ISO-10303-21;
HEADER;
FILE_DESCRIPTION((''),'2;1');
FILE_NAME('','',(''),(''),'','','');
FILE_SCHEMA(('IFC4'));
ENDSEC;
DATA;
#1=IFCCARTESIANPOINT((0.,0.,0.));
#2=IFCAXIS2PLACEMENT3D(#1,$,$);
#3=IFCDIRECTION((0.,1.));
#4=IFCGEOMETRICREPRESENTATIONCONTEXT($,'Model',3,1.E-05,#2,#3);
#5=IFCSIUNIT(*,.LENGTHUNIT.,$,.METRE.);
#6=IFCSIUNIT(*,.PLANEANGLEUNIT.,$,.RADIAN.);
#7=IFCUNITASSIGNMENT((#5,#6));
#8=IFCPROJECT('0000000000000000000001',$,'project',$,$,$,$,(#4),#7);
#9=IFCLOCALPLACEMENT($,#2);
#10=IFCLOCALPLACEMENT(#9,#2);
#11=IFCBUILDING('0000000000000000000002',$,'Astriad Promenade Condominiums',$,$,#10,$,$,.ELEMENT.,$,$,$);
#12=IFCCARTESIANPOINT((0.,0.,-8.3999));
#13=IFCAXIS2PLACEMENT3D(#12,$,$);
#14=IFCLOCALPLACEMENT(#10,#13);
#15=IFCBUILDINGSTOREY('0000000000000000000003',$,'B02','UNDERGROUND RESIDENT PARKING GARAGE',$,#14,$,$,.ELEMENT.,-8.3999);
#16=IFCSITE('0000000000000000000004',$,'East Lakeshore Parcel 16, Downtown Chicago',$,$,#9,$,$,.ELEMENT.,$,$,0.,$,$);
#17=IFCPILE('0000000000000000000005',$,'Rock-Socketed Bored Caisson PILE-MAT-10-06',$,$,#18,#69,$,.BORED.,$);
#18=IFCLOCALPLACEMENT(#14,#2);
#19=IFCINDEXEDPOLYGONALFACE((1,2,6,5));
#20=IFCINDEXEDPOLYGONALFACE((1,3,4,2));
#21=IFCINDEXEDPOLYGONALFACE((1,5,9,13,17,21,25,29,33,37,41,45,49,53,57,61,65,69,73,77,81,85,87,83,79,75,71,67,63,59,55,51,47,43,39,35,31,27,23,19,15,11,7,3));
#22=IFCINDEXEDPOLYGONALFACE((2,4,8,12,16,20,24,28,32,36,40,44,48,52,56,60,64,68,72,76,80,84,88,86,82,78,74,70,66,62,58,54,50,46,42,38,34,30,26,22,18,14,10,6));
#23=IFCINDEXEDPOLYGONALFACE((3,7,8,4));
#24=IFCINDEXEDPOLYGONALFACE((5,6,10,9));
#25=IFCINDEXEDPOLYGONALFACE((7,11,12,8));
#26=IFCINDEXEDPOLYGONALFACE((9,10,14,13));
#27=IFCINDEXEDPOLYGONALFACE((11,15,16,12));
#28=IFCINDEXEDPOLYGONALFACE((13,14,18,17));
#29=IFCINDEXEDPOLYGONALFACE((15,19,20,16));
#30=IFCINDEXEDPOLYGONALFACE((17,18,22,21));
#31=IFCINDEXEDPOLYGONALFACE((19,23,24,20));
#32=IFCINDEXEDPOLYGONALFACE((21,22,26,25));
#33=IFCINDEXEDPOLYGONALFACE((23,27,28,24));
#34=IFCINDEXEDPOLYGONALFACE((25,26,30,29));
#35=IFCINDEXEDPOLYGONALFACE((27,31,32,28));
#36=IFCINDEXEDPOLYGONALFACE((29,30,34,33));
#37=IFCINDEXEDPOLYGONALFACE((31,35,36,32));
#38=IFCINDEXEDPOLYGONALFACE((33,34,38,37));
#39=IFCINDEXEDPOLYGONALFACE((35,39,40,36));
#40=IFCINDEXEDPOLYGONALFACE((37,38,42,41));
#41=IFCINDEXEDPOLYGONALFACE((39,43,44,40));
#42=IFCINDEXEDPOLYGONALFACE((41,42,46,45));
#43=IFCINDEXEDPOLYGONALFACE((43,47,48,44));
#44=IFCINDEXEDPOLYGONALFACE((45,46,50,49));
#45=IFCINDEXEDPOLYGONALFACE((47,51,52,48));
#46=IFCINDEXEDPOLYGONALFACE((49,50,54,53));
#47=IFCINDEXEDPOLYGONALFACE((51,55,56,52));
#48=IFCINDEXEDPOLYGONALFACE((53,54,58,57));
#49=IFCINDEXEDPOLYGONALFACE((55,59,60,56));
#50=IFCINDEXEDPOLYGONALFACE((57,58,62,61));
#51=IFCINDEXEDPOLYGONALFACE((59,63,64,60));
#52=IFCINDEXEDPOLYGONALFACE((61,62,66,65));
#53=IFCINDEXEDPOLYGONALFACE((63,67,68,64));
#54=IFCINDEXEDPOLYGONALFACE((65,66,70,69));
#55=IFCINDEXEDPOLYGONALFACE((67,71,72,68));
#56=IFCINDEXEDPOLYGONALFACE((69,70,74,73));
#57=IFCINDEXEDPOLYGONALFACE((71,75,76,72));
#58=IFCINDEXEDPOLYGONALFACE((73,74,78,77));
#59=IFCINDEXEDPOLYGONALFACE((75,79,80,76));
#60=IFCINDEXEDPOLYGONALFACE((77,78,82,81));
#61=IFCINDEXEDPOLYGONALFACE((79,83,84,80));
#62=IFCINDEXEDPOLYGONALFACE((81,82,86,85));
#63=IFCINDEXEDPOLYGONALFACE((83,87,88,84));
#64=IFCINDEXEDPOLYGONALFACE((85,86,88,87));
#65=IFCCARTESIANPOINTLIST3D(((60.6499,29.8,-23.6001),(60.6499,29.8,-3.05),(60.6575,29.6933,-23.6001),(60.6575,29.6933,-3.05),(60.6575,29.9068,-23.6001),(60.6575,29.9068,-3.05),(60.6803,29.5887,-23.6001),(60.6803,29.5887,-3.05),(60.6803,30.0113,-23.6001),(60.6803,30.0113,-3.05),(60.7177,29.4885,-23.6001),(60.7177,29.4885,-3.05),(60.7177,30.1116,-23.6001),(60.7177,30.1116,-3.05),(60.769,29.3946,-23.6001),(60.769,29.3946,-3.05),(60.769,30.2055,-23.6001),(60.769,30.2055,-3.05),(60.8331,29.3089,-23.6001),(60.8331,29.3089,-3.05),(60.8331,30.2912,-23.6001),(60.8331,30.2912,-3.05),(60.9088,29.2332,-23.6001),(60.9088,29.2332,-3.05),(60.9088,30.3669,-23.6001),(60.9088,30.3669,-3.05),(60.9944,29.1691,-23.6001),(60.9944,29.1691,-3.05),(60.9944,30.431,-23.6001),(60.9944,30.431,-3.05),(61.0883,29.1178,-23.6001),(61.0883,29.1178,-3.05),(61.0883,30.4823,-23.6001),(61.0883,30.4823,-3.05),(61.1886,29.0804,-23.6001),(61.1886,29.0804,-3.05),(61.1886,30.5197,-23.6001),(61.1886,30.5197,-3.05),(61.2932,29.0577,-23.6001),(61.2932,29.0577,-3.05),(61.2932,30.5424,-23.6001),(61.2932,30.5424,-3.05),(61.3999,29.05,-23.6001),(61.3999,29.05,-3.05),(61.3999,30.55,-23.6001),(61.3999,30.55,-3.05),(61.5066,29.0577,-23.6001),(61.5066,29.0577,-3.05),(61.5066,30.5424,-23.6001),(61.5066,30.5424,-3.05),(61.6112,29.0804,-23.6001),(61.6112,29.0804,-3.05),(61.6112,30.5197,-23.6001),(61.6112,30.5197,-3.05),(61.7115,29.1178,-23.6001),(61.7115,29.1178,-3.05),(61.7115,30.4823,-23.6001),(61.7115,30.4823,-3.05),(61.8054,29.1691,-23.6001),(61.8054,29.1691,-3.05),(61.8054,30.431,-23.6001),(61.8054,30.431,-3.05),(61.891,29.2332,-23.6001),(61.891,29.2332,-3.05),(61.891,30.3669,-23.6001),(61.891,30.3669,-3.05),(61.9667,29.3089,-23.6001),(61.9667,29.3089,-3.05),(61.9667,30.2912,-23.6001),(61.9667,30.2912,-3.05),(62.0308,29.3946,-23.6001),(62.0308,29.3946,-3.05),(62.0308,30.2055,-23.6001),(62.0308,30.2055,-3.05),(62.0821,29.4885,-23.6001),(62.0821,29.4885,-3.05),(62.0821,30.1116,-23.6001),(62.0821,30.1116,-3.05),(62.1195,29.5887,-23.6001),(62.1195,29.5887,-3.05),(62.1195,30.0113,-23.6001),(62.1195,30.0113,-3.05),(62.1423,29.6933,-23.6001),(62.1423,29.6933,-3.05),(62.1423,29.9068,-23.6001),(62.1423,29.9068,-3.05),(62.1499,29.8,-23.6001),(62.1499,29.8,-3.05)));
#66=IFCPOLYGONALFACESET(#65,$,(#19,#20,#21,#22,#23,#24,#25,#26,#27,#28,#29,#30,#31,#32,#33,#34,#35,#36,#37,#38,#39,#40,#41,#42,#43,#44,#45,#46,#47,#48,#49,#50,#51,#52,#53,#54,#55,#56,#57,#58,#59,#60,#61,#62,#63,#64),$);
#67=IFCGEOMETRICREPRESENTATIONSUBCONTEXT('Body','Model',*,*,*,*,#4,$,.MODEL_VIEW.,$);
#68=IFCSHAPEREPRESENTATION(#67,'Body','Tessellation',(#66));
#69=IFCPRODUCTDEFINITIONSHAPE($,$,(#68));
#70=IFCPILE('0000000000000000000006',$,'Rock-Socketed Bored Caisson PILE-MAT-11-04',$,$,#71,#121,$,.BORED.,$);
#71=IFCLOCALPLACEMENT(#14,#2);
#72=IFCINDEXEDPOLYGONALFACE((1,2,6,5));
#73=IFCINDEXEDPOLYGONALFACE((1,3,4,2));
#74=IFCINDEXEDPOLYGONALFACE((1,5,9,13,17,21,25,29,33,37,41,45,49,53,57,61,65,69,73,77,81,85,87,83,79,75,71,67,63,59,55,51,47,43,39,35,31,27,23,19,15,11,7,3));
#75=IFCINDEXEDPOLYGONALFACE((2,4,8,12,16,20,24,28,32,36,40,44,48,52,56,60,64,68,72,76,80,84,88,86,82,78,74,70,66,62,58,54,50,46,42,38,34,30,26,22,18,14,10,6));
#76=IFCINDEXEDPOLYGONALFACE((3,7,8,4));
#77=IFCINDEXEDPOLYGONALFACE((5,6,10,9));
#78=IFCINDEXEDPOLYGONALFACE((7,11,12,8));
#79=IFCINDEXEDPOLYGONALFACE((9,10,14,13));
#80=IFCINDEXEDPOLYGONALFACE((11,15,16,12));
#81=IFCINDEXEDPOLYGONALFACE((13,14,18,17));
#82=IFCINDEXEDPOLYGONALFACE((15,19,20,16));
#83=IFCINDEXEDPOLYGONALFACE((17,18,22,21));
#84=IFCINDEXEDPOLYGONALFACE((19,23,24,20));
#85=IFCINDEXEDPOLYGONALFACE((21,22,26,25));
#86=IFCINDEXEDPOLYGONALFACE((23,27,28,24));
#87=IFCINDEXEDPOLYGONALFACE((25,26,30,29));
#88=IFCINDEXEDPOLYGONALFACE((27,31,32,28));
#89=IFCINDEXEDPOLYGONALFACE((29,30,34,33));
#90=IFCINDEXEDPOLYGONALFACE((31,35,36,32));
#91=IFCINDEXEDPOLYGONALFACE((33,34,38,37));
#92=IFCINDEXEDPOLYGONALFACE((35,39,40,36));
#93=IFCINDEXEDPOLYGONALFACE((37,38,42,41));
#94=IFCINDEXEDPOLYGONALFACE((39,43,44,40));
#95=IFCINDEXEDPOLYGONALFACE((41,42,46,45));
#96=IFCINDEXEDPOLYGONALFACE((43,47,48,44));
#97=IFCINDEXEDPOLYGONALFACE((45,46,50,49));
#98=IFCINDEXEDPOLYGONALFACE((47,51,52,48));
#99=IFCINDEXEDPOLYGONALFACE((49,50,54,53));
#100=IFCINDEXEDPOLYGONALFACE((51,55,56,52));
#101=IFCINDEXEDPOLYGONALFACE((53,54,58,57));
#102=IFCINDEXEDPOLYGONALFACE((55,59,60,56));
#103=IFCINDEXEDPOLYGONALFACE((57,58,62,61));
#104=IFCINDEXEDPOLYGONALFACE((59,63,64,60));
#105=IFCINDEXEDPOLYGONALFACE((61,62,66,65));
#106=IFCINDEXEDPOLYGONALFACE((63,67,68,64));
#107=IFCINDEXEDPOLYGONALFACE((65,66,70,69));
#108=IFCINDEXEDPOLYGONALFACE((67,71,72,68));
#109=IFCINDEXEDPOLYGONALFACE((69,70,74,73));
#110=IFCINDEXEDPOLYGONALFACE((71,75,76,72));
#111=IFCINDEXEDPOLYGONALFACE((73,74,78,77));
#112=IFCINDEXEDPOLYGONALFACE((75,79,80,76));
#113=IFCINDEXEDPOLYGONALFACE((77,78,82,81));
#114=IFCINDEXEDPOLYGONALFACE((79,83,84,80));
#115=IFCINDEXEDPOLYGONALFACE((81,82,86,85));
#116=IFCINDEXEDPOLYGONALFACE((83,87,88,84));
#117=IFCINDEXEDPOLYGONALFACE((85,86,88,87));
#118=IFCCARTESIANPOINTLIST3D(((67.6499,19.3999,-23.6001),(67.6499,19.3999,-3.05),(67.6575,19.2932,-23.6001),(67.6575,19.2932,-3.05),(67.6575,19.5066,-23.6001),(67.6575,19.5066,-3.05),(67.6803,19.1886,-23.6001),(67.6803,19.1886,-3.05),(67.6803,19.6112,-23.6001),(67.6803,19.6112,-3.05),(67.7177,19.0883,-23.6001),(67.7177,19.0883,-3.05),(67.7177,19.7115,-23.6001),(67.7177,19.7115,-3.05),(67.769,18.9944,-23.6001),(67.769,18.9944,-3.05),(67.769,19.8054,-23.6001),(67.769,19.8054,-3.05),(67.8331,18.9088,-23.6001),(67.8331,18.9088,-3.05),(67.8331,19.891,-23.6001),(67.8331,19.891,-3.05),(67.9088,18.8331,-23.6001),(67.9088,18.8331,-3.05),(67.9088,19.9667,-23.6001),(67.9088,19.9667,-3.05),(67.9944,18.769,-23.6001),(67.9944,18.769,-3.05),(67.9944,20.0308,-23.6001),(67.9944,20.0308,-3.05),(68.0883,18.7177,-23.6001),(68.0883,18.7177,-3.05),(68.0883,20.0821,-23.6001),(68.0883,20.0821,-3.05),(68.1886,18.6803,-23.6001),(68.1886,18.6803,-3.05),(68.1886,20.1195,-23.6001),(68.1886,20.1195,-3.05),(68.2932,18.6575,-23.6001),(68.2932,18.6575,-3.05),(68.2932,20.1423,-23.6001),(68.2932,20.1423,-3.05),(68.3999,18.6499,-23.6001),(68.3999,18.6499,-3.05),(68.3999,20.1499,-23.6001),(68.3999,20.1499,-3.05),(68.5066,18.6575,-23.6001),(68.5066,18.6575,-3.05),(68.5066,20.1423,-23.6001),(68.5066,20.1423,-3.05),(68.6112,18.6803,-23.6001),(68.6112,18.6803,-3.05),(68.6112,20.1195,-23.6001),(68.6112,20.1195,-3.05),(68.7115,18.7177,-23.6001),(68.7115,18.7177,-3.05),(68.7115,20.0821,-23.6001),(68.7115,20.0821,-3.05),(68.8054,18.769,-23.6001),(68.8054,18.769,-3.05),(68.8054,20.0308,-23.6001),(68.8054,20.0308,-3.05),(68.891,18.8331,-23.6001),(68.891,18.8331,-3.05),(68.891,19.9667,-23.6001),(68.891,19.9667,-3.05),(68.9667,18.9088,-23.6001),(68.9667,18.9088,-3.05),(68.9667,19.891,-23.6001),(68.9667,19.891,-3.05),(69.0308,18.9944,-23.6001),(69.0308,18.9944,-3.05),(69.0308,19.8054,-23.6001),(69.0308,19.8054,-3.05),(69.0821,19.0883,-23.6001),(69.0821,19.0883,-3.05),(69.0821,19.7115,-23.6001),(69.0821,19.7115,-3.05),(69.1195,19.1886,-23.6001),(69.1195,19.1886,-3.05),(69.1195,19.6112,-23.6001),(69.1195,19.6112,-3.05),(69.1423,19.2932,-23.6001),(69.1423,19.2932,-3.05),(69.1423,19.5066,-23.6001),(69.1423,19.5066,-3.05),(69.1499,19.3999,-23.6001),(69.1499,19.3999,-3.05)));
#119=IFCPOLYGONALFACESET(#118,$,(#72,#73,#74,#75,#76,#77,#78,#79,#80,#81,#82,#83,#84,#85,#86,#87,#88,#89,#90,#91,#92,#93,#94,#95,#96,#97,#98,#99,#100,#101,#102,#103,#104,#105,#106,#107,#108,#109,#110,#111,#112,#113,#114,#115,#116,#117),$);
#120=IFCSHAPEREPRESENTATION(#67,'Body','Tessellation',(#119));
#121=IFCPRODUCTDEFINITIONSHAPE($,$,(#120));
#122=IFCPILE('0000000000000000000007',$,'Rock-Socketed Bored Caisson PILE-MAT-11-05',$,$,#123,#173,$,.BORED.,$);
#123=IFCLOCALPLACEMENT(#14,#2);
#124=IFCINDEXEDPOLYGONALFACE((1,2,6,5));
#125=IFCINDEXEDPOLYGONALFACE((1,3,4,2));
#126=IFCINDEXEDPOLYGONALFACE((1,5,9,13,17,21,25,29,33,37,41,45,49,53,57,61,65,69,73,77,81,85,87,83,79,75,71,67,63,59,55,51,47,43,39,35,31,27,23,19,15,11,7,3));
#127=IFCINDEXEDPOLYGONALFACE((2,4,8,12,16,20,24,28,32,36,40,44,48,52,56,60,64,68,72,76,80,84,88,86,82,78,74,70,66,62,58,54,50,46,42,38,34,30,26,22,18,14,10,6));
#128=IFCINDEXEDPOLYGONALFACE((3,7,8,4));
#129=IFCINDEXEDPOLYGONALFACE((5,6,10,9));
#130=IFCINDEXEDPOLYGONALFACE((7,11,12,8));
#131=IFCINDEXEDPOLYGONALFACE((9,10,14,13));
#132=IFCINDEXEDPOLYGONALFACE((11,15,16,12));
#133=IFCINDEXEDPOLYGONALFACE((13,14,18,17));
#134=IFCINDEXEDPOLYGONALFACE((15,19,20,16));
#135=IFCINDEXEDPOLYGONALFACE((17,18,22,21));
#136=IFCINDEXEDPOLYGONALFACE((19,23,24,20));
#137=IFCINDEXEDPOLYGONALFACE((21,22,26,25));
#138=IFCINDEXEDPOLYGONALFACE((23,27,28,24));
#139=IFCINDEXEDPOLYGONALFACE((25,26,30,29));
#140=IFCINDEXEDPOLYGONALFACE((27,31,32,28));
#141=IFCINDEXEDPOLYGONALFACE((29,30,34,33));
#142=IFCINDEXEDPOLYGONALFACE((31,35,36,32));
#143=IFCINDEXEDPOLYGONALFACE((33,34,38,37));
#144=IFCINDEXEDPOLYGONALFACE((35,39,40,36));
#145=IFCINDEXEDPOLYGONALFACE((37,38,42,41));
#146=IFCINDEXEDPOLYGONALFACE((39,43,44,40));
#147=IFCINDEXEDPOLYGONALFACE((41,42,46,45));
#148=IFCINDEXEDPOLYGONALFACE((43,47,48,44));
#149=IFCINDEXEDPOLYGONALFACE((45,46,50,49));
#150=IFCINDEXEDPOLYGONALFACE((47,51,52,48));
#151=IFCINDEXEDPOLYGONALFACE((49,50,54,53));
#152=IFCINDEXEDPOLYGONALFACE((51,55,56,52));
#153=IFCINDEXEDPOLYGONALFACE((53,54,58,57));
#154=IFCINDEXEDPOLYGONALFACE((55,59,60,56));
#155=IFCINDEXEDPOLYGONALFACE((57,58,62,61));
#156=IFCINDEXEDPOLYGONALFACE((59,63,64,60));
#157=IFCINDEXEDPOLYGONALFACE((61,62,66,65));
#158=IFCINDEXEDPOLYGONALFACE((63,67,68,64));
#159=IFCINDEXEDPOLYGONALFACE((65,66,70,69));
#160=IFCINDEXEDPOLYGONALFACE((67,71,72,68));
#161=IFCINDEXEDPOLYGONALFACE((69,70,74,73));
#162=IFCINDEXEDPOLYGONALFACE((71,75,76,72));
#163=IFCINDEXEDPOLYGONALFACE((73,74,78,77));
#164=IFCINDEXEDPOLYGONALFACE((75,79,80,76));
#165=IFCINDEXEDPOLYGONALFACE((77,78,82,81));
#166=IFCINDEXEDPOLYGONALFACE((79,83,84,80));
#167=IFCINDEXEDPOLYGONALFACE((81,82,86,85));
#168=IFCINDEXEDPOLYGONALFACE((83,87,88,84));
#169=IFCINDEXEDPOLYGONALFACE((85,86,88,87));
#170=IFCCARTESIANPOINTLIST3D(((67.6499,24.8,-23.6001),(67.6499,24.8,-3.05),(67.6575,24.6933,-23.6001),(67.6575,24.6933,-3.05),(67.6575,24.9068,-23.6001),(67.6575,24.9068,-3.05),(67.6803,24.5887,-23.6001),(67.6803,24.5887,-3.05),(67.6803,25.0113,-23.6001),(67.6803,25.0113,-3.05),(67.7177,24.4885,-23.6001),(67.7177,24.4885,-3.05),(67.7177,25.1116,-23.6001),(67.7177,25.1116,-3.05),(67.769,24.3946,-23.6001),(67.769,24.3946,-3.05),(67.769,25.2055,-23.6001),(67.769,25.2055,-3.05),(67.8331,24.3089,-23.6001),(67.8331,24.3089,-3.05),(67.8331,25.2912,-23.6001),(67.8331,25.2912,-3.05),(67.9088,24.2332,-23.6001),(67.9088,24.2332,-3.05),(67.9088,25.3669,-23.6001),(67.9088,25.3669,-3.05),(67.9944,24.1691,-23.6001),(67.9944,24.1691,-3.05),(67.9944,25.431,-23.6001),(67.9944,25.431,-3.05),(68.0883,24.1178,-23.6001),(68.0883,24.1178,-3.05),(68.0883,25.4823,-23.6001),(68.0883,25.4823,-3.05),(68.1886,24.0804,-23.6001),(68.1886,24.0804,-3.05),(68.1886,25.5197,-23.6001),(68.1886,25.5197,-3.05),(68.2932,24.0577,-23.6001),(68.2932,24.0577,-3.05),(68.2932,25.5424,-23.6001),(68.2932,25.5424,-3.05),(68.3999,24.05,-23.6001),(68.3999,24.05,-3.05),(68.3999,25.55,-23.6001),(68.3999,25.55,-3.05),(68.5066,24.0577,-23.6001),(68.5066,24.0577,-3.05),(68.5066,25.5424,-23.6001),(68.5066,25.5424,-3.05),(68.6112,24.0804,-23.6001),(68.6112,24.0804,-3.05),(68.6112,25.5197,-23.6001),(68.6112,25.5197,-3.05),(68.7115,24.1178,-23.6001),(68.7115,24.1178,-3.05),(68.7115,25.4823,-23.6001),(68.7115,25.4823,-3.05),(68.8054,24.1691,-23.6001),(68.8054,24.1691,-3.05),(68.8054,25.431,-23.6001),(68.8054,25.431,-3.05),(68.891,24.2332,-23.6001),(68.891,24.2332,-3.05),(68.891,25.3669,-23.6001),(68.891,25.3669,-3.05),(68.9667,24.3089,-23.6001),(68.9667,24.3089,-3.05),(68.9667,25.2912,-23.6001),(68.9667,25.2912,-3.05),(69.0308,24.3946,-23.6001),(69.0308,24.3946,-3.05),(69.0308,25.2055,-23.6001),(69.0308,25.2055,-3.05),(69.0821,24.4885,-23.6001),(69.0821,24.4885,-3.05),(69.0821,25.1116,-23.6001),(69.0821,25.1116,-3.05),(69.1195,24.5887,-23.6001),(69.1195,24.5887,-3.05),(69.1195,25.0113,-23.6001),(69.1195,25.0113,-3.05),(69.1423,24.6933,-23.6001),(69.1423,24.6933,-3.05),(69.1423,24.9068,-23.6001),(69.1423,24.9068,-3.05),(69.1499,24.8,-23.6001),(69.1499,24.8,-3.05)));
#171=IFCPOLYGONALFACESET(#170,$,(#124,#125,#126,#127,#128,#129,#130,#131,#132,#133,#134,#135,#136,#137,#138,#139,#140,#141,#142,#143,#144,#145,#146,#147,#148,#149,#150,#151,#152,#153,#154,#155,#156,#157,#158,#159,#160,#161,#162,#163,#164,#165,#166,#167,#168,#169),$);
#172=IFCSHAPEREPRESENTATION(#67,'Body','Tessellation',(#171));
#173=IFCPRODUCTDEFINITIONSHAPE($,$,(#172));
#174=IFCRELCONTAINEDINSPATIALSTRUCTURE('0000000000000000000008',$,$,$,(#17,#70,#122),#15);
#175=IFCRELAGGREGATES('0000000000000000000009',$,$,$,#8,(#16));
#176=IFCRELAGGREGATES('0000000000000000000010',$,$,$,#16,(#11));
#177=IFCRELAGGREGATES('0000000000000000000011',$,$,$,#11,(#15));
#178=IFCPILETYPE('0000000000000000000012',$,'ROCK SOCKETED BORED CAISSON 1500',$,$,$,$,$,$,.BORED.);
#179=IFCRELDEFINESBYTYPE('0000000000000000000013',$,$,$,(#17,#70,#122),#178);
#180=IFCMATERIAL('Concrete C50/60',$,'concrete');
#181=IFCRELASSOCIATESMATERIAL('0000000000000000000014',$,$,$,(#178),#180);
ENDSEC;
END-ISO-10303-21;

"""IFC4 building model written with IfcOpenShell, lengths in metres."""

from ifc_helpers import new_model, si_unit, direction, frame, origin, origin_2d, place, context, subcontext, project, spatial, circle, extrude, source, transform, mapped, material, material_profile, profile_set, type_object, type_shapes, element, save


model = new_model("IFC4")

# Units and contexts
model_context = context("Model", 3, precision=1e-05, world=origin(), true_north=direction((0.0, 1.0)))
body_context = subcontext(model_context, "Body", "Model", "MODEL_VIEW")
ifc_project = project(units=[si_unit("LENGTHUNIT", "METRE"), si_unit("PLANEANGLEUNIT", "RADIAN")], contexts=[model_context])

# Site, building, storey
site_placement = place(None, origin())
site = spatial("IfcSite", under=ifc_project, at=site_placement, Name="East Lakeshore Parcel 16, Downtown Chicago", CompositionType="ELEMENT", RefElevation=0.0)
building_placement = place(site_placement, origin())
building = spatial("IfcBuilding", under=site, at=building_placement, Name="Astriad Promenade Condominiums", CompositionType="ELEMENT")
storey_placement = place(building_placement, frame((0.0, 0.0, -8.3999)))
storey = spatial("IfcBuildingStorey", under=building, at=storey_placement, Name="B02", Description="UNDERGROUND RESIDENT PARKING GARAGE", CompositionType="ELEMENT", Elevation=-8.3999)

# Piles
ifc_material_1 = material(Name="Concrete C50/60", Category="concrete")
ifc_material_profile_1 = material_profile(ifc_material_1, circle(Radius=0.75, at=origin_2d()), Name="CAISSON-D1500")
ifc_profile_set_1 = profile_set([ifc_material_profile_1], Name="Concrete C50/60")
pile_type_1 = type_object("IfcPileType", Name="ROCK SOCKETED BORED CAISSON 1500", PredefinedType="BORED", material=ifc_profile_set_1)
shared_shape_1 = source(origin(), body_context, "Body", "SweptSolid", [
    extrude(circle(Radius=0.75, at=origin_2d()), origin(), (0.0, 0.0, 1.0), 20.55),
])
type_shapes(pile_type_1, [shared_shape_1])
for number, where, z_axis, x_axis, name in (
    (1, (61.3999, 29.8, -3.05), (0.0, 0.0, -1.0), (1.0, 0.0, 0.0), "Rock-Socketed Bored Caisson PILE-MAT-10-06"),
    (2, (68.3999, 19.3999, -3.05), (0.0, 0.0, -1.0), (1.0, 0.0, 0.0), "Rock-Socketed Bored Caisson PILE-MAT-11-04"),
    (3, (68.3999, 24.8, -3.05), (0.0, 0.0, -1.0), (1.0, 0.0, 0.0), "Rock-Socketed Bored Caisson PILE-MAT-11-05"),
):
    element("IfcPile", number, at=place(storey_placement, frame(where, z_axis=z_axis, x_axis=x_axis)), inside=storey, type_object=pile_type_1, Name=name, PredefinedType="BORED", context=body_context, shape_type="MappedRepresentation", body=[
        mapped(shared_shape_1, transform((0.0, 0.0, 0.0), scale=1.0)),
    ])

save(model, "model.ifc")
